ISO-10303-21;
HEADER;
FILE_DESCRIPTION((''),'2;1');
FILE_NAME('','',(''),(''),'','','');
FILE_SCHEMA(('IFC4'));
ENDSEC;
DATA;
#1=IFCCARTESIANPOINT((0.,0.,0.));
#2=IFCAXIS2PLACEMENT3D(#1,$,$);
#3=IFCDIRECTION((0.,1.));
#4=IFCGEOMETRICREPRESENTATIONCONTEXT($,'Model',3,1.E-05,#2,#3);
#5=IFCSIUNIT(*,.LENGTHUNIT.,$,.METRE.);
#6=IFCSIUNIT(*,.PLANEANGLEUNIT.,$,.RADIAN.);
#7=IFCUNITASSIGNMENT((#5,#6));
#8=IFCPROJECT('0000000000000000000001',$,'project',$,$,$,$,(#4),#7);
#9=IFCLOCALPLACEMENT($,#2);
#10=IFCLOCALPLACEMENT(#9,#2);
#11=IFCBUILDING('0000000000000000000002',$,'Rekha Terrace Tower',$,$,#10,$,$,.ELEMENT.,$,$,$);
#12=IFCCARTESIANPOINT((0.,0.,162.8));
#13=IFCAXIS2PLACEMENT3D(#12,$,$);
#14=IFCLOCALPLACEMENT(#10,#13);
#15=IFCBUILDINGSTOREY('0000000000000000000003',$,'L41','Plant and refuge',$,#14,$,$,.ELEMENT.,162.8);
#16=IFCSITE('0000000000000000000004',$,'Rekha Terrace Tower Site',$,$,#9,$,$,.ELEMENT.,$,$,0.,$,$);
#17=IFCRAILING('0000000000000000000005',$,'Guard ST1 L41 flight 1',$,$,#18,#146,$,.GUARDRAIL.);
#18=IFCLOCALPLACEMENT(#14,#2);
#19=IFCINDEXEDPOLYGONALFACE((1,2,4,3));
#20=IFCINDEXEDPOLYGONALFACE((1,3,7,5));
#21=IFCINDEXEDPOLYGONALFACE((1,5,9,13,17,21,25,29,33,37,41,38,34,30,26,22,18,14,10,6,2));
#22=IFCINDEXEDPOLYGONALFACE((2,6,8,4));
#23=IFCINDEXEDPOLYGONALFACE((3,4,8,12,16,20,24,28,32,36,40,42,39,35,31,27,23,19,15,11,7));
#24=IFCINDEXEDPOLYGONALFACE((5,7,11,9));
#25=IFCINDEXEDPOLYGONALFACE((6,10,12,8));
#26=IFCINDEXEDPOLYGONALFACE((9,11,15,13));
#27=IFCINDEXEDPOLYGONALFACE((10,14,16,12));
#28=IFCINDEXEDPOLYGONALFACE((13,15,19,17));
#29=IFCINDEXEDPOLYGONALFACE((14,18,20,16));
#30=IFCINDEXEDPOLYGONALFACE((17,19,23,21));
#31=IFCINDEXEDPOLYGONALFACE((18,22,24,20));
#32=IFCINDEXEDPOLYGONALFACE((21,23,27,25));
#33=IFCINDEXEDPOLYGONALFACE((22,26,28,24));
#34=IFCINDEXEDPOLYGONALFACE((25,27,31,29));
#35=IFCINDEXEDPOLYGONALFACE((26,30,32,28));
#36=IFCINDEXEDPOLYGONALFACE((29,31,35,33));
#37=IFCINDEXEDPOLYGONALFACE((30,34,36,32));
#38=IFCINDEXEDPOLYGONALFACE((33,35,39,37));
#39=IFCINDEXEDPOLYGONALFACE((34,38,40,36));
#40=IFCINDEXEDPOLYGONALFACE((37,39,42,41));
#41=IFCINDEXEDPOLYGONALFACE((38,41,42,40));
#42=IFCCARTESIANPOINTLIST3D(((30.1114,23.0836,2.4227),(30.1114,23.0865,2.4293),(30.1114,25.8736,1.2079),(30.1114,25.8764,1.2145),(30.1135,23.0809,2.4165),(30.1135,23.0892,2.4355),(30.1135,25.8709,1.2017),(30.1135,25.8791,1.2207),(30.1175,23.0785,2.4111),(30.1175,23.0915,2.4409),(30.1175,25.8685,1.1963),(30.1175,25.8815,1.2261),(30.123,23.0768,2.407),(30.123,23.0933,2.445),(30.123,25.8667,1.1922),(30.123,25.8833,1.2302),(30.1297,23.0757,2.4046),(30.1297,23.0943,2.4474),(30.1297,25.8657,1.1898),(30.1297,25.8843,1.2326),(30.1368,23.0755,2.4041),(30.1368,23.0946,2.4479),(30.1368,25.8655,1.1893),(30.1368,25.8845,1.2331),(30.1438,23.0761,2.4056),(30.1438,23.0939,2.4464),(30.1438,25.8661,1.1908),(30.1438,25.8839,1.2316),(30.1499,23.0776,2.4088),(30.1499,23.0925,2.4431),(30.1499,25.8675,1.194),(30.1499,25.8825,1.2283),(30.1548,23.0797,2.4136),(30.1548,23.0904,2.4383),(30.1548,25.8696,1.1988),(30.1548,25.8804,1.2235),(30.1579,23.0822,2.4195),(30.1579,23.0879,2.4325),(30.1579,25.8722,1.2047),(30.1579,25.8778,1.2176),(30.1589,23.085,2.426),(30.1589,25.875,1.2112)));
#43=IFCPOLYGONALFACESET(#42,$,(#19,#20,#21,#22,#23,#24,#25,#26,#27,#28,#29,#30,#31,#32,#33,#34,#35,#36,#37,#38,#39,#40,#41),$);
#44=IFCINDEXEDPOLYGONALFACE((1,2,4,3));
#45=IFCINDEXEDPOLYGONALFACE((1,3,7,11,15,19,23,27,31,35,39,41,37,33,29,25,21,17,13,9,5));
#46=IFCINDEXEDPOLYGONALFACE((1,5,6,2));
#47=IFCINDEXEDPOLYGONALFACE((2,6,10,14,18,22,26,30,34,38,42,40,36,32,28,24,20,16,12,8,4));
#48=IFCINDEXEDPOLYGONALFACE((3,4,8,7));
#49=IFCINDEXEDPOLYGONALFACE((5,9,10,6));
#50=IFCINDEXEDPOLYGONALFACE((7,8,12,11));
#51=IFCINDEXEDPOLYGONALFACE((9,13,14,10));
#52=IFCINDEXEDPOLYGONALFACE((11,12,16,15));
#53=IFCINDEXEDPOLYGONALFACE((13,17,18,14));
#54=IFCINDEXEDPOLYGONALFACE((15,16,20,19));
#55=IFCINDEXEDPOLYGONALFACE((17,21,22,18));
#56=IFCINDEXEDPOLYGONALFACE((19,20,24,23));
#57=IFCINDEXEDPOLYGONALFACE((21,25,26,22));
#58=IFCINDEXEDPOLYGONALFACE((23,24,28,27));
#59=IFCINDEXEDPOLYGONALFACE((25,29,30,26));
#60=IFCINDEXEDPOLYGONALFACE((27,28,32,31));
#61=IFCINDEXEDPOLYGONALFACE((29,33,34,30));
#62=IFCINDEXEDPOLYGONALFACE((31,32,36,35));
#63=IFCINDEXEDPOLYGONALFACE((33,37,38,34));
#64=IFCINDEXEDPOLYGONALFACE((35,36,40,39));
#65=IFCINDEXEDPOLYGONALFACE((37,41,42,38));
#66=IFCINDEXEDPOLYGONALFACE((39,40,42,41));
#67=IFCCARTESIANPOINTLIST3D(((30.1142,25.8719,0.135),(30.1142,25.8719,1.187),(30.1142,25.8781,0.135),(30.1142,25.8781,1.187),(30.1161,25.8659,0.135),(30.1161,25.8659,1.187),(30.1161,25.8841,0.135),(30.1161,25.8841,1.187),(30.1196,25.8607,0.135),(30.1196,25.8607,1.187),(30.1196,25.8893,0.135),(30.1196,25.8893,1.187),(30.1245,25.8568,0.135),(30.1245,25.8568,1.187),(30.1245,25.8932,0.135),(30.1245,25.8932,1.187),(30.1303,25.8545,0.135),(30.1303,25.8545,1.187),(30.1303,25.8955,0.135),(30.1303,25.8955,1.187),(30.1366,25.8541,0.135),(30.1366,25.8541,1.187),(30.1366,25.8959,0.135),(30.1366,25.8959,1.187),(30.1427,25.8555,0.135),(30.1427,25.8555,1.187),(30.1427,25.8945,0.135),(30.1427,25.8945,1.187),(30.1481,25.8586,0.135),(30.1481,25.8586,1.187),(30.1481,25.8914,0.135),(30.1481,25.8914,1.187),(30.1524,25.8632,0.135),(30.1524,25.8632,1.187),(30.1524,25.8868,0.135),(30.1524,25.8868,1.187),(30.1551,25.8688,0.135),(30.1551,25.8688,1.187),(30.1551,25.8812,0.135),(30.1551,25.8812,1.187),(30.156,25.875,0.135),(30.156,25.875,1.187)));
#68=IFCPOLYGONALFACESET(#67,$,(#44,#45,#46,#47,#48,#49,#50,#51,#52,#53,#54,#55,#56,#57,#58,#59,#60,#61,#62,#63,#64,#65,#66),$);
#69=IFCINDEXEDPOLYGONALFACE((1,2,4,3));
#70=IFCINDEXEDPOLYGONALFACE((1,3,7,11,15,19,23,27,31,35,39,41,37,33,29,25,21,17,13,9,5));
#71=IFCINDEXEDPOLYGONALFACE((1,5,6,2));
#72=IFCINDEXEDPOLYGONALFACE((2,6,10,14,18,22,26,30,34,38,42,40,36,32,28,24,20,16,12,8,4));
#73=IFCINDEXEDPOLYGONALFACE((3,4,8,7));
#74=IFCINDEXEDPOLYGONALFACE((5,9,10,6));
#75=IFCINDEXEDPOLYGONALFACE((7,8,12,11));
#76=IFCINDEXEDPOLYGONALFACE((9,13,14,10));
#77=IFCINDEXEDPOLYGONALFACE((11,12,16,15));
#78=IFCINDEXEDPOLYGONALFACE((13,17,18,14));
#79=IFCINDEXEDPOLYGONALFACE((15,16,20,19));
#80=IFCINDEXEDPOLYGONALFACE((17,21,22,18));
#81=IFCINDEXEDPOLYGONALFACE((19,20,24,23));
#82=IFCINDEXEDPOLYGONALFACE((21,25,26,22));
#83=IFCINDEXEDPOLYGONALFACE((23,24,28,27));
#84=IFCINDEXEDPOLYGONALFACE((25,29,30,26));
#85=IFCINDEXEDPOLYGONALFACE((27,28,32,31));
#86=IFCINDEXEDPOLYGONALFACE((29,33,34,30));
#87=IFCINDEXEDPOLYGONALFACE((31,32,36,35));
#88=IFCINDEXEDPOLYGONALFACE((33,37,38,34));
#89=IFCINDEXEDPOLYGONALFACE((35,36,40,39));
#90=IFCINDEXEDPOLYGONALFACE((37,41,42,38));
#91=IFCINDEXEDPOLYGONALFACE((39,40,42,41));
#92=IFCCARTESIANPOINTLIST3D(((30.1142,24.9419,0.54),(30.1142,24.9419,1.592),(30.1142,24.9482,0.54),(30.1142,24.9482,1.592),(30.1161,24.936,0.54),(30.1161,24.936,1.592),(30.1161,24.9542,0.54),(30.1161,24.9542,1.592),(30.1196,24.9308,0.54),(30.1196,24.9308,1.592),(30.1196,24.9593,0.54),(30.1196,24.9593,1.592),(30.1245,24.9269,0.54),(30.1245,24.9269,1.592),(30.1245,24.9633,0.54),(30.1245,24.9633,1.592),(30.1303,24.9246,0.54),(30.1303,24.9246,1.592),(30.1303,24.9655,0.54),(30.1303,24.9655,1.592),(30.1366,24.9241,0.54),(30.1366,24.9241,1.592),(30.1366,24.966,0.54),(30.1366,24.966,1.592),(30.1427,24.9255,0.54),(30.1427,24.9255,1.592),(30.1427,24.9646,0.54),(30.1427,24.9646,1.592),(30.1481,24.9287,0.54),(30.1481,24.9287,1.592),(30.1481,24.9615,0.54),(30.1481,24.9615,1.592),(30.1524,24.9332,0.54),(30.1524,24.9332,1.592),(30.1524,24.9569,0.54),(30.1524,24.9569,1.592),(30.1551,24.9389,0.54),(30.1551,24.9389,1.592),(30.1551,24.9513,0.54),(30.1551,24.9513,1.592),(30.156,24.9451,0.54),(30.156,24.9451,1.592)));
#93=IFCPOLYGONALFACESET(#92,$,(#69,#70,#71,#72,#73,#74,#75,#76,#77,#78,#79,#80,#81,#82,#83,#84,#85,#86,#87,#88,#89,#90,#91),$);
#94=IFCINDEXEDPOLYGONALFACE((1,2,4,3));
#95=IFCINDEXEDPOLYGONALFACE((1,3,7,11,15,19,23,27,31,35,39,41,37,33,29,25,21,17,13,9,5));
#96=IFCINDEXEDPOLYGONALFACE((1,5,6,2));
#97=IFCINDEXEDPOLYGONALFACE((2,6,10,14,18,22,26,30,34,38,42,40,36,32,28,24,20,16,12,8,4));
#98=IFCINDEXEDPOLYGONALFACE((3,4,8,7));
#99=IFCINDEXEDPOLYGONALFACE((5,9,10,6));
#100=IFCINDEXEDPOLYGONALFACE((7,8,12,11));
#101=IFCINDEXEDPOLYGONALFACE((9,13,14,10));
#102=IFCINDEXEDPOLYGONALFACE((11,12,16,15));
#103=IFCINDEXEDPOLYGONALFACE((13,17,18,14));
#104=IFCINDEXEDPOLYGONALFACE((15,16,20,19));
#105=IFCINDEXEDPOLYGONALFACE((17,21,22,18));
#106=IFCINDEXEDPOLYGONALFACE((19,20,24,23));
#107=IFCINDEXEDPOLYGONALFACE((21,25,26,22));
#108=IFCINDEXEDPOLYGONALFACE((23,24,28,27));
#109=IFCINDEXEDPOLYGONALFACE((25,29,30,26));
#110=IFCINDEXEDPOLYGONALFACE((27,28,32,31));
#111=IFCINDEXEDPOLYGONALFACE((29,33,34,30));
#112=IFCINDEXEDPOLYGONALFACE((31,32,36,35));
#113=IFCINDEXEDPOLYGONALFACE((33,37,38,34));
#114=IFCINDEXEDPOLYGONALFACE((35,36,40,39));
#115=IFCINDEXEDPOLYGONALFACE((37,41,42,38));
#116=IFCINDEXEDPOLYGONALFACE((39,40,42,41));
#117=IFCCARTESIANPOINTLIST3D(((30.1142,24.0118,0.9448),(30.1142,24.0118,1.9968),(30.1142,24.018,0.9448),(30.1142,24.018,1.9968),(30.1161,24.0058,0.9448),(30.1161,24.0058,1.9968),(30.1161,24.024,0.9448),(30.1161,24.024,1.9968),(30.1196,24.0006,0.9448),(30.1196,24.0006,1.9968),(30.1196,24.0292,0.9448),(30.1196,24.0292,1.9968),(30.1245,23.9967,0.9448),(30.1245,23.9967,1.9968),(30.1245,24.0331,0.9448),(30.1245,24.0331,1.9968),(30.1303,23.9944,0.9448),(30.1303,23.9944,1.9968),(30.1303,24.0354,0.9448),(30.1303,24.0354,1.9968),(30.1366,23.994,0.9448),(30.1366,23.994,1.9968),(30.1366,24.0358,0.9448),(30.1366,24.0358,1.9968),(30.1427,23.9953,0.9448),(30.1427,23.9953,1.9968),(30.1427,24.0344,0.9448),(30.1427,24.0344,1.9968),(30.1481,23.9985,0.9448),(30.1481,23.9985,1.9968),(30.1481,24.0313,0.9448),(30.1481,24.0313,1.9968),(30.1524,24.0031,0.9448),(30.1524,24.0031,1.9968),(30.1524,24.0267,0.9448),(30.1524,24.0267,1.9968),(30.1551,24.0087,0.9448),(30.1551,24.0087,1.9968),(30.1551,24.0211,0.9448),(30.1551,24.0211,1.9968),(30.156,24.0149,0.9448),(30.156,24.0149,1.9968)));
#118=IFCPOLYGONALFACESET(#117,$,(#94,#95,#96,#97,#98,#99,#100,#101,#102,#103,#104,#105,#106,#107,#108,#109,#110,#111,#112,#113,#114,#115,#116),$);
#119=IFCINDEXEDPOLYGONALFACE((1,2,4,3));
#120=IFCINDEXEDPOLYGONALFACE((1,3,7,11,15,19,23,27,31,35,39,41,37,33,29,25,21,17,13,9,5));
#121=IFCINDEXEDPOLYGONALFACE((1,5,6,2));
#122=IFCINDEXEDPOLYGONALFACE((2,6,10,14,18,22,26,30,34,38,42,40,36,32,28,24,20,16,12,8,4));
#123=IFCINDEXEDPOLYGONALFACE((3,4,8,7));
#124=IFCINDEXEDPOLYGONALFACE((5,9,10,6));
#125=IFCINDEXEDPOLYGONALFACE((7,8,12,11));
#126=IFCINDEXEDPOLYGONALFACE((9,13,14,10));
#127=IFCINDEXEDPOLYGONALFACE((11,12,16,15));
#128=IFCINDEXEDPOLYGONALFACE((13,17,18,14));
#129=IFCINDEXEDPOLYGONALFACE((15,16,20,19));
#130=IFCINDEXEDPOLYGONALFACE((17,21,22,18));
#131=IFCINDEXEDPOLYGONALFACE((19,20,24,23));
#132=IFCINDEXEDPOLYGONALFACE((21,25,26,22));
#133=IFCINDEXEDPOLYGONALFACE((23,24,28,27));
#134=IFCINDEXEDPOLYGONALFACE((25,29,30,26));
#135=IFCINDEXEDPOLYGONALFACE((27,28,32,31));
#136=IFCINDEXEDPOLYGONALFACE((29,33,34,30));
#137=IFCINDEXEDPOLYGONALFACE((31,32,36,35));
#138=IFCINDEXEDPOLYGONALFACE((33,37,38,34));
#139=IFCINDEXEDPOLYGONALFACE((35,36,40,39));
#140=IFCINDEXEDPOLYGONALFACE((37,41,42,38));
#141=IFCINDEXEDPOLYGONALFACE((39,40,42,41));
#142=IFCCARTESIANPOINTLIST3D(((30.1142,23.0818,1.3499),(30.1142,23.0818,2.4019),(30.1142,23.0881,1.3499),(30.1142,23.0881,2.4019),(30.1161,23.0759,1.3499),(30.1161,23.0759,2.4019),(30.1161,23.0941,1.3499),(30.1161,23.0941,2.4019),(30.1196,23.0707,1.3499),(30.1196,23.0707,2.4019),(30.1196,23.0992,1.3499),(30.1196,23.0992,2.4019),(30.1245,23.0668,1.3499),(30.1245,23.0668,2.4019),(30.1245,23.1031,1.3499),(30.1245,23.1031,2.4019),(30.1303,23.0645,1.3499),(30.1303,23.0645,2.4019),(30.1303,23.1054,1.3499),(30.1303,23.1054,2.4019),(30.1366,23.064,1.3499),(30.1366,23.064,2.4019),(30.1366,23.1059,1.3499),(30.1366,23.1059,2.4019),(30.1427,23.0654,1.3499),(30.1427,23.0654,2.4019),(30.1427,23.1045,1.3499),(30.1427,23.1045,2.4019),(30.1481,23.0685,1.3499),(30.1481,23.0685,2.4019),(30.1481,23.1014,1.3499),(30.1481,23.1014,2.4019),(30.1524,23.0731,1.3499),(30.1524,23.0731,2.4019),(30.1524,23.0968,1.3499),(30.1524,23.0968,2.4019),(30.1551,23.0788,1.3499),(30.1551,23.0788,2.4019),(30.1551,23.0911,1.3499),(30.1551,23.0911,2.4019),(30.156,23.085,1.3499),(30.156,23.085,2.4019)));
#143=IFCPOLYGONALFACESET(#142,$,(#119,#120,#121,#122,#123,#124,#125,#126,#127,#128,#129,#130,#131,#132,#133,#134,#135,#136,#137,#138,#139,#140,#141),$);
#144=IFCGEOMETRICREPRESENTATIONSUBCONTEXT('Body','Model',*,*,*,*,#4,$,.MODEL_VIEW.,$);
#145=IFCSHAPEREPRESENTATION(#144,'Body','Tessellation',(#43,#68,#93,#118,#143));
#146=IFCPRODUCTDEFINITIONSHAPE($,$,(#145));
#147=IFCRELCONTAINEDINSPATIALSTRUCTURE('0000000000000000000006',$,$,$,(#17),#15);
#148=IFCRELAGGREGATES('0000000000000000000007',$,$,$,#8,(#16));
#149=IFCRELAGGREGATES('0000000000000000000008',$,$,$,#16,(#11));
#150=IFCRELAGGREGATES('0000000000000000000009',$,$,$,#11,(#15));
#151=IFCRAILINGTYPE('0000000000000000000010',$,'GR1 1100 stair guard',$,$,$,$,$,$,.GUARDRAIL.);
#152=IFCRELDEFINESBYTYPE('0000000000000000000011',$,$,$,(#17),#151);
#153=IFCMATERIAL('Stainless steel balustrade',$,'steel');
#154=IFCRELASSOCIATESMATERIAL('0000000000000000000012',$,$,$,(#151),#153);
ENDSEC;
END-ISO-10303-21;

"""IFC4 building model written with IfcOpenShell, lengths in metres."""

from ifc_helpers import new_model, si_unit, direction, frame, origin, origin_2d, place, context, subcontext, project, spatial, circle, extrude, material, type_object, element, save


model = new_model("IFC4")

# Units and contexts
model_context = context("Model", 3, precision=1e-05, world=origin(), true_north=direction((0.0, 1.0)))
body_context = subcontext(model_context, "Body", "Model", "MODEL_VIEW")
ifc_project = project(units=[si_unit("LENGTHUNIT", "METRE"), si_unit("PLANEANGLEUNIT", "RADIAN")], contexts=[model_context])

# Site, building, storey
site_placement = place(None, origin())
site = spatial("IfcSite", under=ifc_project, at=site_placement, Name="Rekha Terrace Tower Site", CompositionType="ELEMENT", RefElevation=0.0)
building_placement = place(site_placement, origin())
building = spatial("IfcBuilding", under=site, at=building_placement, Name="Rekha Terrace Tower", CompositionType="ELEMENT")
storey_placement = place(building_placement, frame((0.0, 0.0, 162.8)))
storey = spatial("IfcBuildingStorey", under=building, at=storey_placement, Name="L41", Description="Plant and refuge", CompositionType="ELEMENT", Elevation=162.8)

# Railing
ifc_material_1 = material(Name="Stainless steel balustrade", Category="steel")
railing_type_1 = type_object("IfcRailingType", Name="GR1 1100 stair guard", PredefinedType="GUARDRAIL", material=ifc_material_1)
railing_1_placement = place(storey_placement, frame((30.135, 25.875, 0.135)))
element("IfcRailing", 1, at=railing_1_placement, inside=storey, type_object=railing_type_1, Name="Guard ST1 L41 flight 1", PredefinedType="GUARDRAIL", context=body_context, shape_type="SweptSolid", body=[
    extrude(circle(Radius=0.0239, at=origin_2d()), frame((0.0, 0.0, 1.0762), z_axis=(0.0, -0.916856, 0.399219), x_axis=(1.0, 0.0, 0.0)), (0.0, 0.0, 1.0), 3.043),
    extrude(circle(Radius=0.021, at=origin_2d()), origin(), (0.0, 0.0, 1.0), 1.052),
    extrude(circle(Radius=0.021, at=origin_2d()), frame((0.0, -0.9299, 0.405)), (0.0, 0.0, 1.0), 1.052),
    extrude(circle(Radius=0.021, at=origin_2d()), frame((0.0, -1.8601, 0.8098)), (0.0, 0.0, 1.0), 1.052),
    extrude(circle(Radius=0.021, at=origin_2d()), frame((0.0, -2.79, 1.2148)), (0.0, 0.0, 1.0), 1.052),
])

save(model, "model.ifc")
